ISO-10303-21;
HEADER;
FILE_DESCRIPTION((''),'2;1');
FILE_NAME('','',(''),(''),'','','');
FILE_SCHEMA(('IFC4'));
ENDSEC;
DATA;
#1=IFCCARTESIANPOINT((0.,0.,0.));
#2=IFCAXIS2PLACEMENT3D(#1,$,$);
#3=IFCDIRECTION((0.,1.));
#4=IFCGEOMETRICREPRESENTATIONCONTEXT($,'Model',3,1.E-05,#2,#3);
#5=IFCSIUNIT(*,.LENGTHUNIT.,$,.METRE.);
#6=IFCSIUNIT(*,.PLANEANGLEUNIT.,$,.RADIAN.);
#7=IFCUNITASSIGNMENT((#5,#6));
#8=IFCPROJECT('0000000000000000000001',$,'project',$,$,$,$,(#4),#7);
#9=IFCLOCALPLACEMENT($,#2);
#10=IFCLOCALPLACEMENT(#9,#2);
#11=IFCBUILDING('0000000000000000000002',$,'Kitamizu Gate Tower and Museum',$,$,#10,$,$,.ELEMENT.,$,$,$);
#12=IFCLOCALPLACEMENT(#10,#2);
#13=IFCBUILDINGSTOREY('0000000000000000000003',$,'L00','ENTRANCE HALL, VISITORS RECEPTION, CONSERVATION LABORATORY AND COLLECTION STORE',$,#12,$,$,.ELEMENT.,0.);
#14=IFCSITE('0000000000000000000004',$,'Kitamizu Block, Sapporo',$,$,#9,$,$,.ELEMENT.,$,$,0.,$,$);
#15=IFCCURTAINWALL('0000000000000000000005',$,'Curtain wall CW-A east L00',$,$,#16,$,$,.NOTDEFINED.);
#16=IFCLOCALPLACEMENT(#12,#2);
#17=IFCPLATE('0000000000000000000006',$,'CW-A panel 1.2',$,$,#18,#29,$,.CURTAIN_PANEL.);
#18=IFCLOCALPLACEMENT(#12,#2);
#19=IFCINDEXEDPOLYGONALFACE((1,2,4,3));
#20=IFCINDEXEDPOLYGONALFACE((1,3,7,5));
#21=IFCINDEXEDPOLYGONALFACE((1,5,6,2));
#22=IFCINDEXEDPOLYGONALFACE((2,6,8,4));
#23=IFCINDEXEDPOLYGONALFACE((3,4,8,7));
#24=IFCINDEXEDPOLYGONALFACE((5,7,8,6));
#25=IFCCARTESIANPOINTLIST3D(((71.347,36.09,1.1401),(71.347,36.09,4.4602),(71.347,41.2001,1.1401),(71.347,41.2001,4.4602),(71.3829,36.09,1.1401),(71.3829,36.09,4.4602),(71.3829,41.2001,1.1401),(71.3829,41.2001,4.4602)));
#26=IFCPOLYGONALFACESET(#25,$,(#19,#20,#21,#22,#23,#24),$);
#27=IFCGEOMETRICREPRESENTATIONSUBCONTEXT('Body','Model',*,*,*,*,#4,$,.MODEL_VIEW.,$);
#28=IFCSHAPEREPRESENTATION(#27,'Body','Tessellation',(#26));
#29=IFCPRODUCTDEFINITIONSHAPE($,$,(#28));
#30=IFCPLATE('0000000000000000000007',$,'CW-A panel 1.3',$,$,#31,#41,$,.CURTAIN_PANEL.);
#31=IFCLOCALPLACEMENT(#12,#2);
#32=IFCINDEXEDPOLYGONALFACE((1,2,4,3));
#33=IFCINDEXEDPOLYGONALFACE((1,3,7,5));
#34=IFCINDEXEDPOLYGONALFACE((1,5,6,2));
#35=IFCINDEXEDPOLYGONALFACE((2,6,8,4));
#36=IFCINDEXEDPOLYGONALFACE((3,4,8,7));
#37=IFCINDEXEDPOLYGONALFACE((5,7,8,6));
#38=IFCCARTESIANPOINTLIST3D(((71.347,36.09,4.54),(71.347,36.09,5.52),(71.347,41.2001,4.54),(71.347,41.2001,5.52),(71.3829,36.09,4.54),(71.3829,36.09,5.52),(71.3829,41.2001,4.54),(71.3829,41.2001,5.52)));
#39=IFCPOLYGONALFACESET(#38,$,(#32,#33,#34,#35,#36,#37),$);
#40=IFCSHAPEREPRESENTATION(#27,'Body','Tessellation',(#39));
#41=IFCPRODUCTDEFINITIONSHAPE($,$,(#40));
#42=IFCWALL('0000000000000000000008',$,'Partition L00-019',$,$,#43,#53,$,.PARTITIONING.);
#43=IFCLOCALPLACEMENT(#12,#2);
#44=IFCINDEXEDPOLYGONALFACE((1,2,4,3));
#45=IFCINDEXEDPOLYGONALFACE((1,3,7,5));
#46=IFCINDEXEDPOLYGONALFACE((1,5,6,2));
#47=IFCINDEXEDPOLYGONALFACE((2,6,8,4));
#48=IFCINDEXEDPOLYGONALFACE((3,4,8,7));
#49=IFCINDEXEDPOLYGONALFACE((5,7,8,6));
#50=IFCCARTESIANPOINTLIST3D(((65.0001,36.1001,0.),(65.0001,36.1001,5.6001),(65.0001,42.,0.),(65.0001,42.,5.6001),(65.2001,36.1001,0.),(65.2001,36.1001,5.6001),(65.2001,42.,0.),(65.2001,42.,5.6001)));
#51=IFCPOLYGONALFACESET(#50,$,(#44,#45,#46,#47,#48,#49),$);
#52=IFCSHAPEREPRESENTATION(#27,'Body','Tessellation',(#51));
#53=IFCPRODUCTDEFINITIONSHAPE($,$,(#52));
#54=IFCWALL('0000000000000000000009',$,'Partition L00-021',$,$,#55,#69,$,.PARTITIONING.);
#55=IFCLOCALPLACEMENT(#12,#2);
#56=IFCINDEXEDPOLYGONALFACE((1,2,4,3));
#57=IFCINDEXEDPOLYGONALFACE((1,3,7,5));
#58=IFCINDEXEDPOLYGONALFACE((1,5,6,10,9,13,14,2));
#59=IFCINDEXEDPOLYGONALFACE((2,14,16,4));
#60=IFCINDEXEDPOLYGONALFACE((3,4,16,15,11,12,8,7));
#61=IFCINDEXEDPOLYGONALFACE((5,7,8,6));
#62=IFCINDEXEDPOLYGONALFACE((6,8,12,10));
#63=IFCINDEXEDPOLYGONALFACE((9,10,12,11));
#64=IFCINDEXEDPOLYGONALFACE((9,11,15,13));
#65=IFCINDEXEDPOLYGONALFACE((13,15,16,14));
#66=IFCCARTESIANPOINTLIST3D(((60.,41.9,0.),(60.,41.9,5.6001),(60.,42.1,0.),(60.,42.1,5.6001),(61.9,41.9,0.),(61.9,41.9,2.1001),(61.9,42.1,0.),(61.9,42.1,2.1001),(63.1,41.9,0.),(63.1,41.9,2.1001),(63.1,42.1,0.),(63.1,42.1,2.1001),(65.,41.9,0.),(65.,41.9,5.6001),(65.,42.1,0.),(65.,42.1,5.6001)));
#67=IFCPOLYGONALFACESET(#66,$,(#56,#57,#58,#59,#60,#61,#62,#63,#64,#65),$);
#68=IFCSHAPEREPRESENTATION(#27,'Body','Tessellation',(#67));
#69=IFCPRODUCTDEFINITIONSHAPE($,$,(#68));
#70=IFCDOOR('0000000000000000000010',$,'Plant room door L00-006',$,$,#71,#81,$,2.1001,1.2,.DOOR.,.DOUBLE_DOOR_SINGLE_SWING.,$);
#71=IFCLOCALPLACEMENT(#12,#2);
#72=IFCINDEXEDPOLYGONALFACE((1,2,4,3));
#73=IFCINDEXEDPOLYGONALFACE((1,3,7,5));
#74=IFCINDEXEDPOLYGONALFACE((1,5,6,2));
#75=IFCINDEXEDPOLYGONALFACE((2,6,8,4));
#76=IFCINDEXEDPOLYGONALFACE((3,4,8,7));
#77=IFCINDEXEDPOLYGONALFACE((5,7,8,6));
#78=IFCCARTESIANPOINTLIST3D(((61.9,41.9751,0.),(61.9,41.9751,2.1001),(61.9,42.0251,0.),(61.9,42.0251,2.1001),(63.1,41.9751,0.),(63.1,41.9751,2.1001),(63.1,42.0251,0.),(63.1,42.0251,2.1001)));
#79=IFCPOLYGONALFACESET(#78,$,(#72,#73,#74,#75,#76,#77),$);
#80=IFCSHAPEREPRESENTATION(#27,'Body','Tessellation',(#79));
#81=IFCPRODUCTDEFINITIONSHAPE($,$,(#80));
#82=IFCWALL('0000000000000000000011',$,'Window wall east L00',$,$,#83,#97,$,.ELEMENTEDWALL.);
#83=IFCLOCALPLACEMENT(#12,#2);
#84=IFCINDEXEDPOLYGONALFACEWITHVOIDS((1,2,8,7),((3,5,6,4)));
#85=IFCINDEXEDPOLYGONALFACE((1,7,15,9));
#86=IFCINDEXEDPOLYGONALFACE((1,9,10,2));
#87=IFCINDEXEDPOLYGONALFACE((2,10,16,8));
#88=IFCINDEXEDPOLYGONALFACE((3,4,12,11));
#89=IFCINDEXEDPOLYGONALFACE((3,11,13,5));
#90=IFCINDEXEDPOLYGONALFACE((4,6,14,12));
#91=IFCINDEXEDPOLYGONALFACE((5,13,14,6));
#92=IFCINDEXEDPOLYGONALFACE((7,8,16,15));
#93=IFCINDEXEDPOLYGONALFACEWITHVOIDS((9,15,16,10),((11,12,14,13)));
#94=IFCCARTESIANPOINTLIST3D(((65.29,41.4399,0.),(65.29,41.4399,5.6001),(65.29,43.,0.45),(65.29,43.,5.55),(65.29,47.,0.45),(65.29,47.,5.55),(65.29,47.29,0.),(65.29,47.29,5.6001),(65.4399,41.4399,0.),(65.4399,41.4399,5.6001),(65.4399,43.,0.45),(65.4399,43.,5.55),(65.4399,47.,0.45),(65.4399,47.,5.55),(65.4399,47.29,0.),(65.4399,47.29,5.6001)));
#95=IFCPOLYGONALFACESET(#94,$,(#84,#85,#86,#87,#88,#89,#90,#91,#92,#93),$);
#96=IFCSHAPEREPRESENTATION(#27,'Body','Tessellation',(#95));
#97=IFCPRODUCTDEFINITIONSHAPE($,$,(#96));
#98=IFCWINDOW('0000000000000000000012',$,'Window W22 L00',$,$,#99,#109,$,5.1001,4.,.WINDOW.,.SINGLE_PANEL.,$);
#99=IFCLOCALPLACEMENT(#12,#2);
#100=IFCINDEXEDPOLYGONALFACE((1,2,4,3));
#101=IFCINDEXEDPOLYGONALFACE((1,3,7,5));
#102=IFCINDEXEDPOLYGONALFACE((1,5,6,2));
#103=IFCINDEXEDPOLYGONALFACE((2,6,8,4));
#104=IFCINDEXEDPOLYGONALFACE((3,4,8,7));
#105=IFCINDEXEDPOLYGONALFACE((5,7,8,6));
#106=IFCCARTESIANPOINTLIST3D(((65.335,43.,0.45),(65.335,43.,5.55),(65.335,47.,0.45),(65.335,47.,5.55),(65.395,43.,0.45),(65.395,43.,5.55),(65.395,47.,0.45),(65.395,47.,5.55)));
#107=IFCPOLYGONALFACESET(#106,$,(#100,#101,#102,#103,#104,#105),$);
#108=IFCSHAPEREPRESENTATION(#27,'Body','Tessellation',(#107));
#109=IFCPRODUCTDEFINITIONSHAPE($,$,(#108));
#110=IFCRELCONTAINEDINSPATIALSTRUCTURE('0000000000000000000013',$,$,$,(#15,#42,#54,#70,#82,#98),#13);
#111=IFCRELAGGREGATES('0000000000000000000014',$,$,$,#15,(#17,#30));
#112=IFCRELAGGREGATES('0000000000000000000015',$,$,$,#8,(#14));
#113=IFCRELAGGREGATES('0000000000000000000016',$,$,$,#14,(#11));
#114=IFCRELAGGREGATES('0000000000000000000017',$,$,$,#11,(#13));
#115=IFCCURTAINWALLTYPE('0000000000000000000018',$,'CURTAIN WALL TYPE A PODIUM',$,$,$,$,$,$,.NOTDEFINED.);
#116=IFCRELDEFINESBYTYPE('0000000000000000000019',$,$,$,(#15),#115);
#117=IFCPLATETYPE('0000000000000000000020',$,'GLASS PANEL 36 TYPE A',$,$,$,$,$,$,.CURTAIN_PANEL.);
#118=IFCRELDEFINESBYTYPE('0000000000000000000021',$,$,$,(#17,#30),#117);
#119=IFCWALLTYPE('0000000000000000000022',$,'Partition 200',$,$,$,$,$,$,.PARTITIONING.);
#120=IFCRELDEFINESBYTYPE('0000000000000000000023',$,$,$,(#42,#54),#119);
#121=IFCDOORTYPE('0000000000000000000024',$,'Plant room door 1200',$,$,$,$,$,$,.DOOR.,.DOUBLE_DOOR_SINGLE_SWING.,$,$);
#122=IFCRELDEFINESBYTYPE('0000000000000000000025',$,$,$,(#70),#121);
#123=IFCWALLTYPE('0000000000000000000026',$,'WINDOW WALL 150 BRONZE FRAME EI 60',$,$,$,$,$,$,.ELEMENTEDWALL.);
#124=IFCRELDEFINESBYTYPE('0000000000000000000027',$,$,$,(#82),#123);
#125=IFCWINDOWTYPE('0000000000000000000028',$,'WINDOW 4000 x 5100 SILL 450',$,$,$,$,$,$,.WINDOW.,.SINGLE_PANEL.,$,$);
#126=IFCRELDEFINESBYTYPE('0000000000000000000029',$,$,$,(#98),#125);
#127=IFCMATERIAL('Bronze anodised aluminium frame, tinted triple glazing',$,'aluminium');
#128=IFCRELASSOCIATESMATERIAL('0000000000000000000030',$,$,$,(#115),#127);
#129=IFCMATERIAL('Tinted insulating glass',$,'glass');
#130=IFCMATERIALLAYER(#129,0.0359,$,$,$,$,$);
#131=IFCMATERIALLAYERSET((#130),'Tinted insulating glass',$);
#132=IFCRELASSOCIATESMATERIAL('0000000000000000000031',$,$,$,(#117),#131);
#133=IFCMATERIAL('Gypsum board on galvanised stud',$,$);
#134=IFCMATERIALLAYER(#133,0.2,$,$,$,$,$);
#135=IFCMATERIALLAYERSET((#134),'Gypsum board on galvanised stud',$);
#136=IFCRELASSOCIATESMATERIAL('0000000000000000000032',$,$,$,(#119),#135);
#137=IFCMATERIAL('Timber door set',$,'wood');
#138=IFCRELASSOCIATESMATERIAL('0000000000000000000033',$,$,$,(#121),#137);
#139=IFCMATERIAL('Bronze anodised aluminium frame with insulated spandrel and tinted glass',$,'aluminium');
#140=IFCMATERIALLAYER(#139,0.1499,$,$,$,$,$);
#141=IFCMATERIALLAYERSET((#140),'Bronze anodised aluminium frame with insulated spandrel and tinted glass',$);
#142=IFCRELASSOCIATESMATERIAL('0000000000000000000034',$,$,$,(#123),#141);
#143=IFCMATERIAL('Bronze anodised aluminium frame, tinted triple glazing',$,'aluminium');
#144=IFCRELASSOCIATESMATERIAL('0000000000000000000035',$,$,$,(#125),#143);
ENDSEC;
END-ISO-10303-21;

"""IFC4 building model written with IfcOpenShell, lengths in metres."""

from ifc_helpers import new_model, si_unit, direction, frame, frame_2d, origin, origin_2d, place, context, subcontext, project, spatial, rectangle, extrude, material, layer, layer_set, type_object, element, fill, aggregate, save


model = new_model("IFC4")

# Units and contexts
model_context = context("Model", 3, precision=1e-05, world=origin(), true_north=direction((0.0, 1.0)))
body_context = subcontext(model_context, "Body", "Model", "MODEL_VIEW")
ifc_project = project(units=[si_unit("LENGTHUNIT", "METRE"), si_unit("PLANEANGLEUNIT", "RADIAN")], contexts=[model_context])

# Site, building, storey
site_placement = place(None, origin())
site = spatial("IfcSite", under=ifc_project, at=site_placement, Name="Kitamizu Block, Sapporo", CompositionType="ELEMENT", RefElevation=0.0)
building_placement = place(site_placement, origin())
building = spatial("IfcBuilding", under=site, at=building_placement, Name="Kitamizu Gate Tower and Museum", CompositionType="ELEMENT")
storey_placement = place(building_placement, origin())
storey = spatial("IfcBuildingStorey", under=building, at=storey_placement, Name="L00", Description="ENTRANCE HALL, VISITORS RECEPTION, CONSERVATION LABORATORY AND COLLECTION STORE", CompositionType="ELEMENT", Elevation=0.0)

# Curtain wall
ifc_material_1 = material(Name="Bronze anodised aluminium frame, tinted triple glazing", Category="aluminium")
curtain_wall_type_1 = type_object("IfcCurtainWallType", Name="CURTAIN WALL TYPE A PODIUM", PredefinedType="NOTDEFINED", material=ifc_material_1)
curtain_wall_1_placement = place(storey_placement, origin())
curtain_wall_1 = element("IfcCurtainWall", 1, at=curtain_wall_1_placement, inside=storey, type_object=curtain_wall_type_1, Name="Curtain wall CW-A east L00", PredefinedType="NOTDEFINED")

# Plates
ifc_material_2 = material(Name="Tinted insulating glass", Category="glass")
ifc_layer_1 = layer(ifc_material_2, 0.0359)
ifc_layer_set_1 = layer_set([ifc_layer_1], Name="Tinted insulating glass")
plate_type_1 = type_object("IfcPlateType", Name="GLASS PANEL 36 TYPE A", PredefinedType="CURTAIN_PANEL", material=ifc_layer_set_1)
plate_1_placement = place(storey_placement, frame((71.365, 38.645, 1.1401), z_axis=(0.0, 0.0, 1.0), x_axis=(0.0, 1.0, 0.0)))
plate_1 = element("IfcPlate", 2, at=plate_1_placement, type_object=plate_type_1, Name="CW-A panel 1.2", PredefinedType="CURTAIN_PANEL", context=body_context, shape_type="SweptSolid", body=[
    extrude(rectangle(XDim=5.1101, YDim=0.0359, at=origin_2d()), origin(), (0.0, 0.0, 1.0), 3.3201),
])
plate_2_placement = place(storey_placement, frame((71.365, 38.645, 4.54), z_axis=(0.0, 0.0, 1.0), x_axis=(0.0, 1.0, 0.0)))
plate_2 = element("IfcPlate", 3, at=plate_2_placement, type_object=plate_type_1, Name="CW-A panel 1.3", PredefinedType="CURTAIN_PANEL", context=body_context, shape_type="SweptSolid", body=[
    extrude(rectangle(XDim=5.1101, YDim=0.0359, at=origin_2d()), origin(), (0.0, 0.0, 1.0), 0.98),
])
aggregate(curtain_wall_1, [plate_1, plate_2])

# Wall
ifc_material_3 = material(Name="Gypsum board on galvanised stud")
ifc_layer_2 = layer(ifc_material_3, 0.2)
ifc_layer_set_2 = layer_set([ifc_layer_2], Name="Gypsum board on galvanised stud")
wall_type_1 = type_object("IfcWallType", Name="Partition 200", PredefinedType="PARTITIONING", material=ifc_layer_set_2)
wall_1_placement = place(storey_placement, frame((65.1001, 36.1001, 0.0), z_axis=(0.0, 0.0, 1.0), x_axis=(0.0, 1.0, 0.0)))
element("IfcWall", 4, at=wall_1_placement, inside=storey, type_object=wall_type_1, Name="Partition L00-019", PredefinedType="PARTITIONING", context=body_context, shape_type="SweptSolid", body=[
    extrude(rectangle(XDim=5.8999, YDim=0.2, at=frame_2d((2.95, 0.0))), origin(), (0.0, 0.0, 1.0), 5.6001),
])

# Wall, opening, door
wall_2_placement = place(storey_placement, frame((65.0, 42.0, 0.0), z_axis=(0.0, 0.0, 1.0), x_axis=(-1.0, 0.0, 0.0)))
wall_2 = element("IfcWall", 5, at=wall_2_placement, inside=storey, type_object=wall_type_1, Name="Partition L00-021", PredefinedType="PARTITIONING", context=body_context, shape_type="SweptSolid", body=[
    extrude(rectangle(XDim=5.0, YDim=0.2, at=frame_2d((2.5, 0.0))), origin(), (0.0, 0.0, 1.0), 5.6001),
])
opening_1_placement = place(wall_2_placement, frame((1.8999, 0.0, 0.0)))
opening_1 = element("IfcOpeningElement", 6, at=opening_1_placement, cuts=wall_2, PredefinedType="OPENING", context=body_context, shape_type="SweptSolid", body=[
    extrude(rectangle(XDim=1.2, YDim=2.1001, at=frame_2d((0.6001, 1.05))), frame((0.0, 0.1099, 0.0), z_axis=(0.0, -1.0, 0.0), x_axis=(1.0, 0.0, 0.0)), (0.0, 0.0, 1.0), 0.22),
])
ifc_material_4 = material(Name="Timber door set", Category="wood")
door_type = type_object("IfcDoorType", Name="Plant room door 1200", OperationType="DOUBLE_DOOR_SINGLE_SWING", PredefinedType="DOOR", material=ifc_material_4)
door_placement = place(opening_1_placement, origin())
door = element("IfcDoor", 7, at=door_placement, inside=storey, type_object=door_type, Name="Plant room door L00-006", OperationType="DOUBLE_DOOR_SINGLE_SWING", OverallHeight=2.1001, OverallWidth=1.2, PredefinedType="DOOR", context=body_context, shape_type="SweptSolid", body=[
    extrude(rectangle(XDim=1.2, YDim=2.1001, at=frame_2d((0.6001, 1.05))), frame((0.0, 0.0249, 0.0), z_axis=(0.0, -1.0, 0.0), x_axis=(1.0, 0.0, 0.0)), (0.0, 0.0, 1.0), 0.05),
])
fill(opening_1, door)

# Wall, opening, window
ifc_material_5 = material(Name="Bronze anodised aluminium frame with insulated spandrel and tinted glass", Category="aluminium")
ifc_layer_3 = layer(ifc_material_5, 0.1499)
ifc_layer_set_3 = layer_set([ifc_layer_3], Name="Bronze anodised aluminium frame with insulated spandrel and tinted glass")
wall_type_2 = type_object("IfcWallType", Name="WINDOW WALL 150 BRONZE FRAME EI 60", PredefinedType="ELEMENTEDWALL", material=ifc_layer_set_3)
wall_3_placement = place(storey_placement, frame((65.365, 41.4399, 0.0), z_axis=(0.0, 0.0, 1.0), x_axis=(0.0, 1.0, 0.0)))
wall_3 = element("IfcWall", 8, at=wall_3_placement, inside=storey, type_object=wall_type_2, Name="Window wall east L00", PredefinedType="ELEMENTEDWALL", context=body_context, shape_type="SweptSolid", body=[
    extrude(rectangle(XDim=5.8501, YDim=0.1499, at=frame_2d((2.925, 0.0))), origin(), (0.0, 0.0, 1.0), 5.6001),
])
opening_2_placement = place(wall_3_placement, frame((1.5601, 0.0, 0.45)))
opening_2 = element("IfcOpeningElement", 9, at=opening_2_placement, cuts=wall_3, PredefinedType="OPENING", context=body_context, shape_type="SweptSolid", body=[
    extrude(rectangle(XDim=4.0, YDim=5.1001, at=frame_2d((2.0, 2.55))), frame((0.0, 0.085, 0.0), z_axis=(0.0, -1.0, 0.0), x_axis=(1.0, 0.0, 0.0)), (0.0, 0.0, 1.0), 0.1699),
])
ifc_material_6 = material(Name="Bronze anodised aluminium frame, tinted triple glazing", Category="aluminium")
window_type = type_object("IfcWindowType", Name="WINDOW 4000 x 5100 SILL 450", PartitioningType="SINGLE_PANEL", PredefinedType="WINDOW", material=ifc_material_6)
window_placement = place(opening_2_placement, origin())
window = element("IfcWindow", 10, at=window_placement, inside=storey, type_object=window_type, Name="Window W22 L00", OverallHeight=5.1001, OverallWidth=4.0, PartitioningType="SINGLE_PANEL", PredefinedType="WINDOW", context=body_context, shape_type="SweptSolid", body=[
    extrude(rectangle(XDim=4.0, YDim=5.1001, at=frame_2d((2.0, 2.55))), frame((0.0, 0.03, 0.0), z_axis=(0.0, -1.0, 0.0), x_axis=(1.0, 0.0, 0.0)), (0.0, 0.0, 1.0), 0.0601),
])
fill(opening_2, window)

save(model, "model.ifc")
